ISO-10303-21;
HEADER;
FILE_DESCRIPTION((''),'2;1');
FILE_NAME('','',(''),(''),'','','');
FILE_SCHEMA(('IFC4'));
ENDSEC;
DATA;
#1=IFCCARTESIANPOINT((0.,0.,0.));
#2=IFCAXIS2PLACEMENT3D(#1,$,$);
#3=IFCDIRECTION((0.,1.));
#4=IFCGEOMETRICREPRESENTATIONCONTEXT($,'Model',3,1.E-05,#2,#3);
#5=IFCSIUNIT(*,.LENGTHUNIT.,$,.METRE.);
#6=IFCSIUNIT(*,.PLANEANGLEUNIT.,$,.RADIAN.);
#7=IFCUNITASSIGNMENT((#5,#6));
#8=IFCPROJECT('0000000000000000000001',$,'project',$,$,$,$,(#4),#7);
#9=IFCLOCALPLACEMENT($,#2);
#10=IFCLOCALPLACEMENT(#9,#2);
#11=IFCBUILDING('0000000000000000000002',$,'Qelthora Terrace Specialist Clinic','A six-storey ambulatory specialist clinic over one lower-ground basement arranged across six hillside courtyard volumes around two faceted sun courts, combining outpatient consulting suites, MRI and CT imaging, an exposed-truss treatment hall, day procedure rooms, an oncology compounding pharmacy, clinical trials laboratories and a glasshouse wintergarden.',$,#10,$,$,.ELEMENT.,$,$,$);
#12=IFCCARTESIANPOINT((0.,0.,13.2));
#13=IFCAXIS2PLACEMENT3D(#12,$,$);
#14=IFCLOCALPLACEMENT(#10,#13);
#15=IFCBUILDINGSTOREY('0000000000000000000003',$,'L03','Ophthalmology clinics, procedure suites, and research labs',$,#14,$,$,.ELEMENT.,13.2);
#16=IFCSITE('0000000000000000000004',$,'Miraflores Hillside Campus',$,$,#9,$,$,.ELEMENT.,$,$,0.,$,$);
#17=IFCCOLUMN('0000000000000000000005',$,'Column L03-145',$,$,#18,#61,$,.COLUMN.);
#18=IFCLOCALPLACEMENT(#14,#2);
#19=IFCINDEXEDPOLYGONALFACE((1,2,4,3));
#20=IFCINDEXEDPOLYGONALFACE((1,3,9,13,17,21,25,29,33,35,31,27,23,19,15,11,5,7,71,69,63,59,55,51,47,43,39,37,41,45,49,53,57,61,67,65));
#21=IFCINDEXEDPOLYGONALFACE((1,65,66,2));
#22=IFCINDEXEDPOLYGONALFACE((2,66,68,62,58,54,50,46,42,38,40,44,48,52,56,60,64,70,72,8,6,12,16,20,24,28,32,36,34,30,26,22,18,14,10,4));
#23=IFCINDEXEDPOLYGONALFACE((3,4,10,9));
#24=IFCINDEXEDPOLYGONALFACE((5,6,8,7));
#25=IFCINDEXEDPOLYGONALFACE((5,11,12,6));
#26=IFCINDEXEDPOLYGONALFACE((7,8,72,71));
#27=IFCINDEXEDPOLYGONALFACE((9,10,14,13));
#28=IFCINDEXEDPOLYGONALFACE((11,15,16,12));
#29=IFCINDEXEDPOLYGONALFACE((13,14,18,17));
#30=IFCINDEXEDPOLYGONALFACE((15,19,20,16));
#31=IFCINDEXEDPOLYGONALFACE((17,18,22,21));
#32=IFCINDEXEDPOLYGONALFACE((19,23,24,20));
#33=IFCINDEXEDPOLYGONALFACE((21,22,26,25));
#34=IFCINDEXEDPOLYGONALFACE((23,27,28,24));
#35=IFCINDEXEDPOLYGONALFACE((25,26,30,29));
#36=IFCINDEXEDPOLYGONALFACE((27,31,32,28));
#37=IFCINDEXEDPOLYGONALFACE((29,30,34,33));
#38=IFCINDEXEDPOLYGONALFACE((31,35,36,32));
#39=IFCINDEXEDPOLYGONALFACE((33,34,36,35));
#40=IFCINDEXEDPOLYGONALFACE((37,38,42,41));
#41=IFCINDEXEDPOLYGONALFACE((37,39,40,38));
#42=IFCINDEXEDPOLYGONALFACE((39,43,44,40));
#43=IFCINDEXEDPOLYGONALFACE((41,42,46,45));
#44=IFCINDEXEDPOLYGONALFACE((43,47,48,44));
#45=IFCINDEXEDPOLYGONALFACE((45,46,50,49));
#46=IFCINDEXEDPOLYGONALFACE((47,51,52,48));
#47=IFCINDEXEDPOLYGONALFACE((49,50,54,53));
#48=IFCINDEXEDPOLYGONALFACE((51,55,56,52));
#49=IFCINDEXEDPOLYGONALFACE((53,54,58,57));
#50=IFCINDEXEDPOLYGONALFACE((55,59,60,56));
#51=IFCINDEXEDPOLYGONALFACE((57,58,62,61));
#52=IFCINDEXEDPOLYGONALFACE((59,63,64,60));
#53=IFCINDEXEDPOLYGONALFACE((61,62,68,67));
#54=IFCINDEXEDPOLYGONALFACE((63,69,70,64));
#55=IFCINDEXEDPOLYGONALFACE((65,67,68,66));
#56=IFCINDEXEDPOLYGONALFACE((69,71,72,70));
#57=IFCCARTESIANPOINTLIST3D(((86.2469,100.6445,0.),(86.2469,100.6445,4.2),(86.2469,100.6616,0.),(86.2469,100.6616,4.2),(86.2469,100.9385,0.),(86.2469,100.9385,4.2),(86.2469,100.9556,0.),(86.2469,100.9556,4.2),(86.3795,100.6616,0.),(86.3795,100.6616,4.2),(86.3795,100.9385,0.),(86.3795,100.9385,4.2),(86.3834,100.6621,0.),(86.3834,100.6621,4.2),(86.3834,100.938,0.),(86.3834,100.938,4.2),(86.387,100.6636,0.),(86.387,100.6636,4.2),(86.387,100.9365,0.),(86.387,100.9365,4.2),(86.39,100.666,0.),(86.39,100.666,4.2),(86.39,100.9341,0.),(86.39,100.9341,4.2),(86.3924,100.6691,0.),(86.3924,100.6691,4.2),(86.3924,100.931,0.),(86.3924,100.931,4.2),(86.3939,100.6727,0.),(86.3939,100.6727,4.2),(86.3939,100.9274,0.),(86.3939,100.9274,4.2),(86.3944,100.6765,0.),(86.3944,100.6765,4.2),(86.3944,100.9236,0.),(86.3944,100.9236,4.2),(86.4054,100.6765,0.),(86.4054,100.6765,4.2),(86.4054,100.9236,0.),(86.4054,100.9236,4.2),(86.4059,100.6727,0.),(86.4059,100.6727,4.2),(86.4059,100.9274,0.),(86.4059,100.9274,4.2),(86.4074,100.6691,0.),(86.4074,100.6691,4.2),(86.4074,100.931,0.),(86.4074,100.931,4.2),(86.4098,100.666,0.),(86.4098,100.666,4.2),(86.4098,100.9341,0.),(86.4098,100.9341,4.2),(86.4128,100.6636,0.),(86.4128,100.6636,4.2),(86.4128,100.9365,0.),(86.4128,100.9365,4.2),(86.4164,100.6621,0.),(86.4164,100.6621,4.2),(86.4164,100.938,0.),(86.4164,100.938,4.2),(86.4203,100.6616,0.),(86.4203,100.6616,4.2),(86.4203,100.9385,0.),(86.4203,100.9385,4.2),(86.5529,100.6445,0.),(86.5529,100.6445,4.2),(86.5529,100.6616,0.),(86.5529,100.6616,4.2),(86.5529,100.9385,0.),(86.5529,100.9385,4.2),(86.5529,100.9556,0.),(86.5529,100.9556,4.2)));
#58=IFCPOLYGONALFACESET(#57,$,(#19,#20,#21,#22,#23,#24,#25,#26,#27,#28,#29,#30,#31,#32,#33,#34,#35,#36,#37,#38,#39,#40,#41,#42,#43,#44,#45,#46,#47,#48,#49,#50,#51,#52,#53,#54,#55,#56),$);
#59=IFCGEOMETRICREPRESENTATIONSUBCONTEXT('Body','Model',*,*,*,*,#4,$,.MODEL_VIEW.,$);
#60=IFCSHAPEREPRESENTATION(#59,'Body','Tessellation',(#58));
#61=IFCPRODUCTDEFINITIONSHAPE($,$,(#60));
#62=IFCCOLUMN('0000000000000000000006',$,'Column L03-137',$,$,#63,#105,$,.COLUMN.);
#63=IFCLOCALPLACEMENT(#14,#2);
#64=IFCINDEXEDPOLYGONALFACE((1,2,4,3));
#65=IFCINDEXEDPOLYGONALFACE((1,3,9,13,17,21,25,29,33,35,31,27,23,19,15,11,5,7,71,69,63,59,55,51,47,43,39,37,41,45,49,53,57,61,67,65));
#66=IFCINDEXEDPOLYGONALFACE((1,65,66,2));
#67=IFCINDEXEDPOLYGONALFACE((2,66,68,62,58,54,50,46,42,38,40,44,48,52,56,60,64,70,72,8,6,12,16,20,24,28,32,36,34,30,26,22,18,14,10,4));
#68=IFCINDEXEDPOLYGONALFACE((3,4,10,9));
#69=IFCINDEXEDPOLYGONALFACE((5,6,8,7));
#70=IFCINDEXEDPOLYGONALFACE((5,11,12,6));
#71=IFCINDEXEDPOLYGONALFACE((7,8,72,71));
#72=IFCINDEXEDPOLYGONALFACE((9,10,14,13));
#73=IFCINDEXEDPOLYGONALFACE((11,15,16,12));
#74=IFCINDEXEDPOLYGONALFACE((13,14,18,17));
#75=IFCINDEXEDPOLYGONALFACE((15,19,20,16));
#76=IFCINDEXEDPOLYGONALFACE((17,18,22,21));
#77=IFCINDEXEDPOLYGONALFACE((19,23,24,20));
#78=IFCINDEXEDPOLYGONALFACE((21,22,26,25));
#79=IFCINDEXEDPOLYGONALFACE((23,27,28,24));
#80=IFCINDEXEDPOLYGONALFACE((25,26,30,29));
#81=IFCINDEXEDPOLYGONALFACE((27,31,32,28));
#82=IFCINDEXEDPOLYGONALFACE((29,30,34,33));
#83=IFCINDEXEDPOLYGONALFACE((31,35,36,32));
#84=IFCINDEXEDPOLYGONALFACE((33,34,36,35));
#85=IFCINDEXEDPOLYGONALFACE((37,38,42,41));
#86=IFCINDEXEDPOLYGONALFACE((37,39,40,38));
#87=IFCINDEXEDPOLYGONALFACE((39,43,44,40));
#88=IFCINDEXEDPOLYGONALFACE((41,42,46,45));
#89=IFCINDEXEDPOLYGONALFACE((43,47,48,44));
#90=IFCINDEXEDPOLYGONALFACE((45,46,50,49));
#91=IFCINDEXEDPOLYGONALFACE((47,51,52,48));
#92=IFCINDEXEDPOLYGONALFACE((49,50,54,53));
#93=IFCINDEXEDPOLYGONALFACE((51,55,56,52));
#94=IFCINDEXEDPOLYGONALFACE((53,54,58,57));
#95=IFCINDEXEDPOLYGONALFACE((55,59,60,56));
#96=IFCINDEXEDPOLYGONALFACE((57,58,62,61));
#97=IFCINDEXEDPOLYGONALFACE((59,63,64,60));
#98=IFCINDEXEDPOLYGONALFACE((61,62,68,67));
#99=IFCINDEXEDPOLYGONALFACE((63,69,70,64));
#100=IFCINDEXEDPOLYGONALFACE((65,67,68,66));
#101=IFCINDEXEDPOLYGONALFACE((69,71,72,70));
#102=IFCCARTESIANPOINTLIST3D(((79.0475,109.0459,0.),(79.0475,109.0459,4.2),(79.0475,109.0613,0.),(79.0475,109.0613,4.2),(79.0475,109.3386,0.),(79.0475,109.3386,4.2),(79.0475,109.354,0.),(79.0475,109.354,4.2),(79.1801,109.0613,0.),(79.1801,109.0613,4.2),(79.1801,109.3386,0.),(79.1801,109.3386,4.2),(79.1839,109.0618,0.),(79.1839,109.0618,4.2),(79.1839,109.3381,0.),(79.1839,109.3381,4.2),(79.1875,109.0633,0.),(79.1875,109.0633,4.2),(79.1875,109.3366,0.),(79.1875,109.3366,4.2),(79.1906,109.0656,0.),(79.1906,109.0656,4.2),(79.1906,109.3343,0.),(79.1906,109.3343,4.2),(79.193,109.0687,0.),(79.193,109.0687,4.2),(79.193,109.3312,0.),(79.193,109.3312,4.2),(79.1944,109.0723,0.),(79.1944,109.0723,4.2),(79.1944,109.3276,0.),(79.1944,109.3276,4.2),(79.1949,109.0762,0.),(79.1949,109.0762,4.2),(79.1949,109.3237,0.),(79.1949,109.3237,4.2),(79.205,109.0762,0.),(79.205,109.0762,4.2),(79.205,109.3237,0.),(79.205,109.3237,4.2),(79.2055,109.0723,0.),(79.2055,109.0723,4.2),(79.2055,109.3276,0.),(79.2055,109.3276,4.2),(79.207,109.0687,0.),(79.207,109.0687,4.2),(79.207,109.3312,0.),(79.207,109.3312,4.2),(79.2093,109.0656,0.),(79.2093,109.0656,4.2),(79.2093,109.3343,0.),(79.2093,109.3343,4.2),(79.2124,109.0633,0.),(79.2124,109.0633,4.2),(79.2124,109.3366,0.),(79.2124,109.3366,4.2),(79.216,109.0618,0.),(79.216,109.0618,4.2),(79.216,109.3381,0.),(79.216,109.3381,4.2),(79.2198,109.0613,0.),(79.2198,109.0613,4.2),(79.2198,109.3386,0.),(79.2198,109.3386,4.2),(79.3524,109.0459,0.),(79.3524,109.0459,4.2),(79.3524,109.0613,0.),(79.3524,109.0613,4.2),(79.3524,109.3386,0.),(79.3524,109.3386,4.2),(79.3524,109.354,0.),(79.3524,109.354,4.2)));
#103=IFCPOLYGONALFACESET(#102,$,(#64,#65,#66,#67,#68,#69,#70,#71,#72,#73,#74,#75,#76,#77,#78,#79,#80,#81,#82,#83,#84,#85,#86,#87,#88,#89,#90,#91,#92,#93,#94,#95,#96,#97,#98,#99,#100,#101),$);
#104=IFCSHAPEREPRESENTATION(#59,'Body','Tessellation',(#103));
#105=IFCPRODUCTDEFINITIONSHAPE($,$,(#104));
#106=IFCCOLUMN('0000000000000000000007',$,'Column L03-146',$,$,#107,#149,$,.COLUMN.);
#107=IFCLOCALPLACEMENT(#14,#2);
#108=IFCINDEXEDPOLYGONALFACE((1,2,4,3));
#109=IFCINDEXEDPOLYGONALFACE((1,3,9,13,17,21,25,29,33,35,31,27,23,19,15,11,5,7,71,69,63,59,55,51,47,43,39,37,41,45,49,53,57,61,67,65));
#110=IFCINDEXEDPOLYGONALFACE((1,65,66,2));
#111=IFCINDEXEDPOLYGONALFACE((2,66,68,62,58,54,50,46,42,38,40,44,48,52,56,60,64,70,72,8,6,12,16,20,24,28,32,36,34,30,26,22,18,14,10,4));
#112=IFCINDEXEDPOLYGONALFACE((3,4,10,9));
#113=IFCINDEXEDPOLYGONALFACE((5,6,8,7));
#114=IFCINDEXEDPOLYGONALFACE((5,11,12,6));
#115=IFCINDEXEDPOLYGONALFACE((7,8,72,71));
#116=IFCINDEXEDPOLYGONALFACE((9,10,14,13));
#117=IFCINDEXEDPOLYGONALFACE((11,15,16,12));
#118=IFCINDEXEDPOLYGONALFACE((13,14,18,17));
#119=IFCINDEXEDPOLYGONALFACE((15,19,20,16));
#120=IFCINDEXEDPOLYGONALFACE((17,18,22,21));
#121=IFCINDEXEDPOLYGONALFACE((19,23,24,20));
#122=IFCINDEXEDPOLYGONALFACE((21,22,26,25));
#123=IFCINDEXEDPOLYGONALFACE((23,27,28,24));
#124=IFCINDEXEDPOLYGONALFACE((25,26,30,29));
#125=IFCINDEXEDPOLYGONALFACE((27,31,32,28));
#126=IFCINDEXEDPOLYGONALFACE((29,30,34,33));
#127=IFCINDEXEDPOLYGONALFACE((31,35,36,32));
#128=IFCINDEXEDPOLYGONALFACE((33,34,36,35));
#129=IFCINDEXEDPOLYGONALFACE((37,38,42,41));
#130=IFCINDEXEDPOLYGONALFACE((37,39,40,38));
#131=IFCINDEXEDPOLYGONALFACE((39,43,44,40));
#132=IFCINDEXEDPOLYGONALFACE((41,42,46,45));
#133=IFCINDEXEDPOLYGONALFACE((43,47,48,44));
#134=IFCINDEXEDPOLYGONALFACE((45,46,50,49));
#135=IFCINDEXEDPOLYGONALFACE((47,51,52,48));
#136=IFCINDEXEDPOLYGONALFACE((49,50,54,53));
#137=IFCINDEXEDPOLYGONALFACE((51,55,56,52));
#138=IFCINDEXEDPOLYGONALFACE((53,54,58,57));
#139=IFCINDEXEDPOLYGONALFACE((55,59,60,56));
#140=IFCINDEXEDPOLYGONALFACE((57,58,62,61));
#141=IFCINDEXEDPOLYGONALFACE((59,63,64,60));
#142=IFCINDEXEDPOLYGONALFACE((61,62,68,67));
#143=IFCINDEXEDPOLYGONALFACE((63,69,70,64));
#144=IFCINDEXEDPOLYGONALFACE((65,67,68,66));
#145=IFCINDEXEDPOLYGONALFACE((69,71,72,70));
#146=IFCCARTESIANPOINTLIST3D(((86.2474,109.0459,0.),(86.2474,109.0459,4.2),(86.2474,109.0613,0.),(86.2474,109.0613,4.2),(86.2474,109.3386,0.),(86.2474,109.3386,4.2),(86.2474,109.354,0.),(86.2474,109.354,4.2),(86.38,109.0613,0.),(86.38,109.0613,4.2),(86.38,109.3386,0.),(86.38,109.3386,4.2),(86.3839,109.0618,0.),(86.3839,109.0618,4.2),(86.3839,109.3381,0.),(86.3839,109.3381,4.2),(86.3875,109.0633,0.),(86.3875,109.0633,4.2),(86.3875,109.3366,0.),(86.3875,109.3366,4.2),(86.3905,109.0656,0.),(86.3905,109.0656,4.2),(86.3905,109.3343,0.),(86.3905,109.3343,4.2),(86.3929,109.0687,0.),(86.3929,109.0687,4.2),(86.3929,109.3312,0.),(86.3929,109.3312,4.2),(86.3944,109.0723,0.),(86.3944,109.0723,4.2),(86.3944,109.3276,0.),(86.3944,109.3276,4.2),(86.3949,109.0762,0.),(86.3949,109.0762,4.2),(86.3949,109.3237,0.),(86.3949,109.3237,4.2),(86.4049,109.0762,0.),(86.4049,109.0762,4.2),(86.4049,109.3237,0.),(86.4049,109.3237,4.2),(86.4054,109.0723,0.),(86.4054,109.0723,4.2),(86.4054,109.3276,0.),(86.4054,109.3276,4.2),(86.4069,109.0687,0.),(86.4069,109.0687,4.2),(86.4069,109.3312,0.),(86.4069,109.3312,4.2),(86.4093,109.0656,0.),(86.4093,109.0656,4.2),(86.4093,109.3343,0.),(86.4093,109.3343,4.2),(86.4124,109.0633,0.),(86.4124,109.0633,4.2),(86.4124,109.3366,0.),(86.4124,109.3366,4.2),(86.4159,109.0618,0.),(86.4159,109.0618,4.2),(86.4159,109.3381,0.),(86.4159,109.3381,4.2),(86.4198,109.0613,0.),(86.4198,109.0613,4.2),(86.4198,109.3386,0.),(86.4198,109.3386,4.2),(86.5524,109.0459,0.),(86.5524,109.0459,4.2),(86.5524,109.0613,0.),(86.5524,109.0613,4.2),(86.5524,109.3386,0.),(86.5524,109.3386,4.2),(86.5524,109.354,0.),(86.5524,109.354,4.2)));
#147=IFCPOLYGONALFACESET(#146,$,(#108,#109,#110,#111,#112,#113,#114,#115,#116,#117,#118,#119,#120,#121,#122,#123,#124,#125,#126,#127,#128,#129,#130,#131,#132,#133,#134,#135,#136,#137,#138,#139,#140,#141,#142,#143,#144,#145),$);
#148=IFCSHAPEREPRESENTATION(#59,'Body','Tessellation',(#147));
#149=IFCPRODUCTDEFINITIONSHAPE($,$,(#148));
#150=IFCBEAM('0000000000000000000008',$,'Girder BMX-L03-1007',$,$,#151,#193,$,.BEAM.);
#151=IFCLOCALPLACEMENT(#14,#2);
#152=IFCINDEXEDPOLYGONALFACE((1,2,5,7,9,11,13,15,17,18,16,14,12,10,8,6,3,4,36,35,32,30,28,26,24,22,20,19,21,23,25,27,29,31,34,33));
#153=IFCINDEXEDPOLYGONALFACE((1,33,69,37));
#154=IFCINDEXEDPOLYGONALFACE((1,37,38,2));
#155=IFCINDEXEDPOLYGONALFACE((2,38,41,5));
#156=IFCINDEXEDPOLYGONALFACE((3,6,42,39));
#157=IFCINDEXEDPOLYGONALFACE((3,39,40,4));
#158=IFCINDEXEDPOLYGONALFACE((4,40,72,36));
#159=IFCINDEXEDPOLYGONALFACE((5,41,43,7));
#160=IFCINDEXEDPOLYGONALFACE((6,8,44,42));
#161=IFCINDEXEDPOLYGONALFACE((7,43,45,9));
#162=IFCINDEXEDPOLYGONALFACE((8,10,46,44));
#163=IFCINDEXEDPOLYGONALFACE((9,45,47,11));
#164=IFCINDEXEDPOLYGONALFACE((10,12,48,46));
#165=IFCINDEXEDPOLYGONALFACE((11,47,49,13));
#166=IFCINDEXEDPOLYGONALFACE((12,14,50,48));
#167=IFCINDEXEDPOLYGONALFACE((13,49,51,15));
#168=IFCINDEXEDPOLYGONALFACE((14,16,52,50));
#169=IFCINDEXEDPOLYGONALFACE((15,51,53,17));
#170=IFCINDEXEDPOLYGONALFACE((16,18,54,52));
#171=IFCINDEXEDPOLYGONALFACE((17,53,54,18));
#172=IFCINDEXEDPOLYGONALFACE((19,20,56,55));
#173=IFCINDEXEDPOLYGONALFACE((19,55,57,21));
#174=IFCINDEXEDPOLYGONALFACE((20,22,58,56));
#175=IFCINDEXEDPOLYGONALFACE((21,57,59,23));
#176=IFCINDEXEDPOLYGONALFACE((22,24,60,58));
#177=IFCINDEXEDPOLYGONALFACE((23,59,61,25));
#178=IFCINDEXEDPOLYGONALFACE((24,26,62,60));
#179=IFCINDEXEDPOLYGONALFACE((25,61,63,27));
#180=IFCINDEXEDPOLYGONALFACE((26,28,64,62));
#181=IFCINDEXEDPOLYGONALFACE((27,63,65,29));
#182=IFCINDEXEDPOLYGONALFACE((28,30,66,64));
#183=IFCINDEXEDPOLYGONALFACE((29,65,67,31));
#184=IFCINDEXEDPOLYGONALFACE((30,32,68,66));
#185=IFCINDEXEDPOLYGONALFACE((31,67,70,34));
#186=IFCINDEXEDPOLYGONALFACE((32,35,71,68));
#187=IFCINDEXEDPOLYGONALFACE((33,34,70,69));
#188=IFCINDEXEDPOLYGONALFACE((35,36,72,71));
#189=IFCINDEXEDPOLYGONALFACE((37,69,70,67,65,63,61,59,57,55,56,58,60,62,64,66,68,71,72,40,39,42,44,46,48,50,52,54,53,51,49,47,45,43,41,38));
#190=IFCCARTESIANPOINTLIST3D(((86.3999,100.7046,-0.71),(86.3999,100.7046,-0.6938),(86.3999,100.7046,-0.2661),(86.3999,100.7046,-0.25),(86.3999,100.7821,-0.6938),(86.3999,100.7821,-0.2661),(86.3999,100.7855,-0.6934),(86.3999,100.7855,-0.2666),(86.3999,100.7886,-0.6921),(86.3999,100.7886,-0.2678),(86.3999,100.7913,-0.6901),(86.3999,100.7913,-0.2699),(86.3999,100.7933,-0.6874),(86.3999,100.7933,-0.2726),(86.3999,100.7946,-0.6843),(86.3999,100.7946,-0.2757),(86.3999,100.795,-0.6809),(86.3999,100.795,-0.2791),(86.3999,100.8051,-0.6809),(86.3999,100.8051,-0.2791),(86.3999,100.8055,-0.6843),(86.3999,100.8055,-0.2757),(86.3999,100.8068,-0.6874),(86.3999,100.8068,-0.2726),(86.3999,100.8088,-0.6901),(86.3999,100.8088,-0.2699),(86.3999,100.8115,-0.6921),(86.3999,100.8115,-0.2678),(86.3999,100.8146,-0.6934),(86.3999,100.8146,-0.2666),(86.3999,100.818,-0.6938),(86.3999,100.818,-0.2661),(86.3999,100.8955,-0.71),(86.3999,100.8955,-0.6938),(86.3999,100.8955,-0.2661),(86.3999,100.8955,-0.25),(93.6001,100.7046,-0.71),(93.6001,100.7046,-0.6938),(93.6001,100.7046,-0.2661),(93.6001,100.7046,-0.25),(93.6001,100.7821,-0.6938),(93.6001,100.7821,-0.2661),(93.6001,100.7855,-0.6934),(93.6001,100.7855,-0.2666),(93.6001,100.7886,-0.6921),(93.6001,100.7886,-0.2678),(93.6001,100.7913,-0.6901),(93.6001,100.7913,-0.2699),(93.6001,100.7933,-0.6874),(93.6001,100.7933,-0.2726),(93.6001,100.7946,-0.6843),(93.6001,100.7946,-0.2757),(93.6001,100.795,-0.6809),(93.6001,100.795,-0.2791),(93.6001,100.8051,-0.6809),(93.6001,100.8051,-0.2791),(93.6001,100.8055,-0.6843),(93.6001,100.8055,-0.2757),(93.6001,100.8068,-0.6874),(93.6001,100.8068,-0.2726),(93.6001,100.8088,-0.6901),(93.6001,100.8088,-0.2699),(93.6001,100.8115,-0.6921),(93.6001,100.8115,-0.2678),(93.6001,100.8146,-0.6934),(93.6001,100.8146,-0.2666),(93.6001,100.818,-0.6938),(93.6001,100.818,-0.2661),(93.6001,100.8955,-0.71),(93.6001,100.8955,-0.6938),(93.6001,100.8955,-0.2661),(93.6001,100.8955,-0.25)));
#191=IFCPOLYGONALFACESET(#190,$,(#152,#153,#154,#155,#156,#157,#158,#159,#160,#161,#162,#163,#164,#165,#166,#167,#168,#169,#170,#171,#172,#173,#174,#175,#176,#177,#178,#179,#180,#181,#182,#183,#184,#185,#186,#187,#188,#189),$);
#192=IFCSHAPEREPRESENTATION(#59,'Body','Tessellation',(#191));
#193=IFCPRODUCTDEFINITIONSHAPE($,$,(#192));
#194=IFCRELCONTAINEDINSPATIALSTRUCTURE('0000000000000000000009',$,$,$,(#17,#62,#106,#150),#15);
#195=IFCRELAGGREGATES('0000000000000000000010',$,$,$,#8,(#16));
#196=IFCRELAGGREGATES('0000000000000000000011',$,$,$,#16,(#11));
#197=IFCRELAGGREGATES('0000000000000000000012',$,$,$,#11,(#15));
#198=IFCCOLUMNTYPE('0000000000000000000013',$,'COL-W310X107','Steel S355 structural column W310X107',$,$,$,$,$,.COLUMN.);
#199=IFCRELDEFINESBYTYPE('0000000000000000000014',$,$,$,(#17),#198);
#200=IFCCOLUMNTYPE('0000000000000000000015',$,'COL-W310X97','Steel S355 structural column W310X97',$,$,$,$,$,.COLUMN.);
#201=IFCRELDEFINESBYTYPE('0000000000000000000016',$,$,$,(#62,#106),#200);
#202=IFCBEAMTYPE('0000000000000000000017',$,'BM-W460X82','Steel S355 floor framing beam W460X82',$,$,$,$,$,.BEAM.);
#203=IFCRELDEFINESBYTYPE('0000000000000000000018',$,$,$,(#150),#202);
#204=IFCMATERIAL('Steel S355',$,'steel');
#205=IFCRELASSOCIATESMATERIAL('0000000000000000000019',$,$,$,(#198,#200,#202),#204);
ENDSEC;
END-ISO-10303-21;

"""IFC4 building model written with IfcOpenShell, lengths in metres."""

from ifc_helpers import new_model, si_unit, direction, frame, origin, origin_2d, place, context, subcontext, project, spatial, i_section, extrude, material, material_profile, profile_set, type_object, element, save


model = new_model("IFC4")

# Units and contexts
model_context = context("Model", 3, precision=1e-05, world=origin(), true_north=direction((0.0, 1.0)))
body_context = subcontext(model_context, "Body", "Model", "MODEL_VIEW")
ifc_project = project(units=[si_unit("LENGTHUNIT", "METRE"), si_unit("PLANEANGLEUNIT", "RADIAN")], contexts=[model_context])

# Site, building, storey
site_placement = place(None, origin())
site = spatial("IfcSite", under=ifc_project, at=site_placement, Name="Miraflores Hillside Campus", CompositionType="ELEMENT", RefElevation=0.0)
building_placement = place(site_placement, origin())
building = spatial("IfcBuilding", under=site, at=building_placement, Name="Qelthora Terrace Specialist Clinic", Description="A six-storey ambulatory specialist clinic over one lower-ground basement arranged across six hillside courtyard volumes around two faceted sun courts, combining outpatient consulting suites, MRI and CT imaging, an exposed-truss treatment hall, day procedure rooms, an oncology compounding pharmacy, clinical trials laboratories and a glasshouse wintergarden.", CompositionType="ELEMENT")
storey_placement = place(building_placement, frame((0.0, 0.0, 13.2)))
storey = spatial("IfcBuildingStorey", under=building, at=storey_placement, Name="L03", Description="Ophthalmology clinics, procedure suites, and research labs", CompositionType="ELEMENT", Elevation=13.2)

# Columns
ifc_material_1 = material(Name="Steel S355", Category="steel")
ifc_material_profile_1 = material_profile(ifc_material_1, i_section(OverallWidth=0.3059, OverallDepth=0.311, WebThickness=0.011, FlangeThickness=0.0171, FilletRadius=0.0149, at=origin_2d()), Name="W310X107")
ifc_profile_set_1 = profile_set([ifc_material_profile_1], Name="Steel S355")
column_type_1 = type_object("IfcColumnType", Name="COL-W310X107", Description="Steel S355 structural column W310X107", PredefinedType="COLUMN", material=ifc_profile_set_1)
column_placement = place(storey_placement, frame((86.3999, 100.8, 0.0), z_axis=(0.0, 0.0, 1.0), x_axis=(1.0, 0.0, 0.0)))
element("IfcColumn", 1, at=column_placement, inside=storey, type_object=column_type_1, Name="Column L03-145", PredefinedType="COLUMN", context=body_context, shape_type="SweptSolid", body=[
    extrude(i_section(OverallWidth=0.3059, OverallDepth=0.311, WebThickness=0.011, FlangeThickness=0.0171, FilletRadius=0.0149, at=origin_2d()), origin(), (0.0, 0.0, 1.0), 4.2),
])
ifc_material_profile_2 = material_profile(ifc_material_1, i_section(OverallWidth=0.3049, OverallDepth=0.3081, WebThickness=0.01, FlangeThickness=0.0154, FilletRadius=0.0149, at=origin_2d()), Name="W310X97")
ifc_profile_set_2 = profile_set([ifc_material_profile_2], Name="Steel S355")
column_type_2 = type_object("IfcColumnType", Name="COL-W310X97", Description="Steel S355 structural column W310X97", PredefinedType="COLUMN", material=ifc_profile_set_2)
for number, where, z_axis, x_axis, name in (
    (2, (79.2, 109.2, 0.0), (0.0, 0.0, 1.0), (1.0, 0.0, 0.0), "Column L03-137"),
    (3, (86.3999, 109.2, 0.0), (0.0, 0.0, 1.0), (1.0, 0.0, 0.0), "Column L03-146"),
):
    element("IfcColumn", number, at=place(storey_placement, frame(where, z_axis=z_axis, x_axis=x_axis)), inside=storey, type_object=column_type_2, Name=name, PredefinedType="COLUMN", context=body_context, shape_type="SweptSolid", body=[
        extrude(i_section(OverallWidth=0.3049, OverallDepth=0.3081, WebThickness=0.01, FlangeThickness=0.0154, FilletRadius=0.0149, at=origin_2d()), origin(), (0.0, 0.0, 1.0), 4.2),
    ])

# Beam
ifc_material_profile_3 = material_profile(ifc_material_1, i_section(OverallWidth=0.1909, OverallDepth=0.46, WebThickness=0.01, FlangeThickness=0.0161, FilletRadius=0.0129, at=origin_2d()), Name="W460X82")
ifc_profile_set_3 = profile_set([ifc_material_profile_3], Name="Steel S355")
beam_type_1 = type_object("IfcBeamType", Name="BM-W460X82", Description="Steel S355 floor framing beam W460X82", PredefinedType="BEAM", material=ifc_profile_set_3)
beam_1_placement = place(storey_placement, frame((86.3999, 100.8, -0.48), z_axis=(1.0, 0.0, 0.0), x_axis=(0.0, 1.0, 0.0)))
element("IfcBeam", 4, at=beam_1_placement, inside=storey, type_object=beam_type_1, Name="Girder BMX-L03-1007", PredefinedType="BEAM", context=body_context, shape_type="SweptSolid", body=[
    extrude(i_section(OverallWidth=0.1909, OverallDepth=0.46, WebThickness=0.01, FlangeThickness=0.0161, FilletRadius=0.0129, at=origin_2d()), origin(), (0.0, 0.0, 1.0), 7.2002),
])

save(model, "model.ifc")
